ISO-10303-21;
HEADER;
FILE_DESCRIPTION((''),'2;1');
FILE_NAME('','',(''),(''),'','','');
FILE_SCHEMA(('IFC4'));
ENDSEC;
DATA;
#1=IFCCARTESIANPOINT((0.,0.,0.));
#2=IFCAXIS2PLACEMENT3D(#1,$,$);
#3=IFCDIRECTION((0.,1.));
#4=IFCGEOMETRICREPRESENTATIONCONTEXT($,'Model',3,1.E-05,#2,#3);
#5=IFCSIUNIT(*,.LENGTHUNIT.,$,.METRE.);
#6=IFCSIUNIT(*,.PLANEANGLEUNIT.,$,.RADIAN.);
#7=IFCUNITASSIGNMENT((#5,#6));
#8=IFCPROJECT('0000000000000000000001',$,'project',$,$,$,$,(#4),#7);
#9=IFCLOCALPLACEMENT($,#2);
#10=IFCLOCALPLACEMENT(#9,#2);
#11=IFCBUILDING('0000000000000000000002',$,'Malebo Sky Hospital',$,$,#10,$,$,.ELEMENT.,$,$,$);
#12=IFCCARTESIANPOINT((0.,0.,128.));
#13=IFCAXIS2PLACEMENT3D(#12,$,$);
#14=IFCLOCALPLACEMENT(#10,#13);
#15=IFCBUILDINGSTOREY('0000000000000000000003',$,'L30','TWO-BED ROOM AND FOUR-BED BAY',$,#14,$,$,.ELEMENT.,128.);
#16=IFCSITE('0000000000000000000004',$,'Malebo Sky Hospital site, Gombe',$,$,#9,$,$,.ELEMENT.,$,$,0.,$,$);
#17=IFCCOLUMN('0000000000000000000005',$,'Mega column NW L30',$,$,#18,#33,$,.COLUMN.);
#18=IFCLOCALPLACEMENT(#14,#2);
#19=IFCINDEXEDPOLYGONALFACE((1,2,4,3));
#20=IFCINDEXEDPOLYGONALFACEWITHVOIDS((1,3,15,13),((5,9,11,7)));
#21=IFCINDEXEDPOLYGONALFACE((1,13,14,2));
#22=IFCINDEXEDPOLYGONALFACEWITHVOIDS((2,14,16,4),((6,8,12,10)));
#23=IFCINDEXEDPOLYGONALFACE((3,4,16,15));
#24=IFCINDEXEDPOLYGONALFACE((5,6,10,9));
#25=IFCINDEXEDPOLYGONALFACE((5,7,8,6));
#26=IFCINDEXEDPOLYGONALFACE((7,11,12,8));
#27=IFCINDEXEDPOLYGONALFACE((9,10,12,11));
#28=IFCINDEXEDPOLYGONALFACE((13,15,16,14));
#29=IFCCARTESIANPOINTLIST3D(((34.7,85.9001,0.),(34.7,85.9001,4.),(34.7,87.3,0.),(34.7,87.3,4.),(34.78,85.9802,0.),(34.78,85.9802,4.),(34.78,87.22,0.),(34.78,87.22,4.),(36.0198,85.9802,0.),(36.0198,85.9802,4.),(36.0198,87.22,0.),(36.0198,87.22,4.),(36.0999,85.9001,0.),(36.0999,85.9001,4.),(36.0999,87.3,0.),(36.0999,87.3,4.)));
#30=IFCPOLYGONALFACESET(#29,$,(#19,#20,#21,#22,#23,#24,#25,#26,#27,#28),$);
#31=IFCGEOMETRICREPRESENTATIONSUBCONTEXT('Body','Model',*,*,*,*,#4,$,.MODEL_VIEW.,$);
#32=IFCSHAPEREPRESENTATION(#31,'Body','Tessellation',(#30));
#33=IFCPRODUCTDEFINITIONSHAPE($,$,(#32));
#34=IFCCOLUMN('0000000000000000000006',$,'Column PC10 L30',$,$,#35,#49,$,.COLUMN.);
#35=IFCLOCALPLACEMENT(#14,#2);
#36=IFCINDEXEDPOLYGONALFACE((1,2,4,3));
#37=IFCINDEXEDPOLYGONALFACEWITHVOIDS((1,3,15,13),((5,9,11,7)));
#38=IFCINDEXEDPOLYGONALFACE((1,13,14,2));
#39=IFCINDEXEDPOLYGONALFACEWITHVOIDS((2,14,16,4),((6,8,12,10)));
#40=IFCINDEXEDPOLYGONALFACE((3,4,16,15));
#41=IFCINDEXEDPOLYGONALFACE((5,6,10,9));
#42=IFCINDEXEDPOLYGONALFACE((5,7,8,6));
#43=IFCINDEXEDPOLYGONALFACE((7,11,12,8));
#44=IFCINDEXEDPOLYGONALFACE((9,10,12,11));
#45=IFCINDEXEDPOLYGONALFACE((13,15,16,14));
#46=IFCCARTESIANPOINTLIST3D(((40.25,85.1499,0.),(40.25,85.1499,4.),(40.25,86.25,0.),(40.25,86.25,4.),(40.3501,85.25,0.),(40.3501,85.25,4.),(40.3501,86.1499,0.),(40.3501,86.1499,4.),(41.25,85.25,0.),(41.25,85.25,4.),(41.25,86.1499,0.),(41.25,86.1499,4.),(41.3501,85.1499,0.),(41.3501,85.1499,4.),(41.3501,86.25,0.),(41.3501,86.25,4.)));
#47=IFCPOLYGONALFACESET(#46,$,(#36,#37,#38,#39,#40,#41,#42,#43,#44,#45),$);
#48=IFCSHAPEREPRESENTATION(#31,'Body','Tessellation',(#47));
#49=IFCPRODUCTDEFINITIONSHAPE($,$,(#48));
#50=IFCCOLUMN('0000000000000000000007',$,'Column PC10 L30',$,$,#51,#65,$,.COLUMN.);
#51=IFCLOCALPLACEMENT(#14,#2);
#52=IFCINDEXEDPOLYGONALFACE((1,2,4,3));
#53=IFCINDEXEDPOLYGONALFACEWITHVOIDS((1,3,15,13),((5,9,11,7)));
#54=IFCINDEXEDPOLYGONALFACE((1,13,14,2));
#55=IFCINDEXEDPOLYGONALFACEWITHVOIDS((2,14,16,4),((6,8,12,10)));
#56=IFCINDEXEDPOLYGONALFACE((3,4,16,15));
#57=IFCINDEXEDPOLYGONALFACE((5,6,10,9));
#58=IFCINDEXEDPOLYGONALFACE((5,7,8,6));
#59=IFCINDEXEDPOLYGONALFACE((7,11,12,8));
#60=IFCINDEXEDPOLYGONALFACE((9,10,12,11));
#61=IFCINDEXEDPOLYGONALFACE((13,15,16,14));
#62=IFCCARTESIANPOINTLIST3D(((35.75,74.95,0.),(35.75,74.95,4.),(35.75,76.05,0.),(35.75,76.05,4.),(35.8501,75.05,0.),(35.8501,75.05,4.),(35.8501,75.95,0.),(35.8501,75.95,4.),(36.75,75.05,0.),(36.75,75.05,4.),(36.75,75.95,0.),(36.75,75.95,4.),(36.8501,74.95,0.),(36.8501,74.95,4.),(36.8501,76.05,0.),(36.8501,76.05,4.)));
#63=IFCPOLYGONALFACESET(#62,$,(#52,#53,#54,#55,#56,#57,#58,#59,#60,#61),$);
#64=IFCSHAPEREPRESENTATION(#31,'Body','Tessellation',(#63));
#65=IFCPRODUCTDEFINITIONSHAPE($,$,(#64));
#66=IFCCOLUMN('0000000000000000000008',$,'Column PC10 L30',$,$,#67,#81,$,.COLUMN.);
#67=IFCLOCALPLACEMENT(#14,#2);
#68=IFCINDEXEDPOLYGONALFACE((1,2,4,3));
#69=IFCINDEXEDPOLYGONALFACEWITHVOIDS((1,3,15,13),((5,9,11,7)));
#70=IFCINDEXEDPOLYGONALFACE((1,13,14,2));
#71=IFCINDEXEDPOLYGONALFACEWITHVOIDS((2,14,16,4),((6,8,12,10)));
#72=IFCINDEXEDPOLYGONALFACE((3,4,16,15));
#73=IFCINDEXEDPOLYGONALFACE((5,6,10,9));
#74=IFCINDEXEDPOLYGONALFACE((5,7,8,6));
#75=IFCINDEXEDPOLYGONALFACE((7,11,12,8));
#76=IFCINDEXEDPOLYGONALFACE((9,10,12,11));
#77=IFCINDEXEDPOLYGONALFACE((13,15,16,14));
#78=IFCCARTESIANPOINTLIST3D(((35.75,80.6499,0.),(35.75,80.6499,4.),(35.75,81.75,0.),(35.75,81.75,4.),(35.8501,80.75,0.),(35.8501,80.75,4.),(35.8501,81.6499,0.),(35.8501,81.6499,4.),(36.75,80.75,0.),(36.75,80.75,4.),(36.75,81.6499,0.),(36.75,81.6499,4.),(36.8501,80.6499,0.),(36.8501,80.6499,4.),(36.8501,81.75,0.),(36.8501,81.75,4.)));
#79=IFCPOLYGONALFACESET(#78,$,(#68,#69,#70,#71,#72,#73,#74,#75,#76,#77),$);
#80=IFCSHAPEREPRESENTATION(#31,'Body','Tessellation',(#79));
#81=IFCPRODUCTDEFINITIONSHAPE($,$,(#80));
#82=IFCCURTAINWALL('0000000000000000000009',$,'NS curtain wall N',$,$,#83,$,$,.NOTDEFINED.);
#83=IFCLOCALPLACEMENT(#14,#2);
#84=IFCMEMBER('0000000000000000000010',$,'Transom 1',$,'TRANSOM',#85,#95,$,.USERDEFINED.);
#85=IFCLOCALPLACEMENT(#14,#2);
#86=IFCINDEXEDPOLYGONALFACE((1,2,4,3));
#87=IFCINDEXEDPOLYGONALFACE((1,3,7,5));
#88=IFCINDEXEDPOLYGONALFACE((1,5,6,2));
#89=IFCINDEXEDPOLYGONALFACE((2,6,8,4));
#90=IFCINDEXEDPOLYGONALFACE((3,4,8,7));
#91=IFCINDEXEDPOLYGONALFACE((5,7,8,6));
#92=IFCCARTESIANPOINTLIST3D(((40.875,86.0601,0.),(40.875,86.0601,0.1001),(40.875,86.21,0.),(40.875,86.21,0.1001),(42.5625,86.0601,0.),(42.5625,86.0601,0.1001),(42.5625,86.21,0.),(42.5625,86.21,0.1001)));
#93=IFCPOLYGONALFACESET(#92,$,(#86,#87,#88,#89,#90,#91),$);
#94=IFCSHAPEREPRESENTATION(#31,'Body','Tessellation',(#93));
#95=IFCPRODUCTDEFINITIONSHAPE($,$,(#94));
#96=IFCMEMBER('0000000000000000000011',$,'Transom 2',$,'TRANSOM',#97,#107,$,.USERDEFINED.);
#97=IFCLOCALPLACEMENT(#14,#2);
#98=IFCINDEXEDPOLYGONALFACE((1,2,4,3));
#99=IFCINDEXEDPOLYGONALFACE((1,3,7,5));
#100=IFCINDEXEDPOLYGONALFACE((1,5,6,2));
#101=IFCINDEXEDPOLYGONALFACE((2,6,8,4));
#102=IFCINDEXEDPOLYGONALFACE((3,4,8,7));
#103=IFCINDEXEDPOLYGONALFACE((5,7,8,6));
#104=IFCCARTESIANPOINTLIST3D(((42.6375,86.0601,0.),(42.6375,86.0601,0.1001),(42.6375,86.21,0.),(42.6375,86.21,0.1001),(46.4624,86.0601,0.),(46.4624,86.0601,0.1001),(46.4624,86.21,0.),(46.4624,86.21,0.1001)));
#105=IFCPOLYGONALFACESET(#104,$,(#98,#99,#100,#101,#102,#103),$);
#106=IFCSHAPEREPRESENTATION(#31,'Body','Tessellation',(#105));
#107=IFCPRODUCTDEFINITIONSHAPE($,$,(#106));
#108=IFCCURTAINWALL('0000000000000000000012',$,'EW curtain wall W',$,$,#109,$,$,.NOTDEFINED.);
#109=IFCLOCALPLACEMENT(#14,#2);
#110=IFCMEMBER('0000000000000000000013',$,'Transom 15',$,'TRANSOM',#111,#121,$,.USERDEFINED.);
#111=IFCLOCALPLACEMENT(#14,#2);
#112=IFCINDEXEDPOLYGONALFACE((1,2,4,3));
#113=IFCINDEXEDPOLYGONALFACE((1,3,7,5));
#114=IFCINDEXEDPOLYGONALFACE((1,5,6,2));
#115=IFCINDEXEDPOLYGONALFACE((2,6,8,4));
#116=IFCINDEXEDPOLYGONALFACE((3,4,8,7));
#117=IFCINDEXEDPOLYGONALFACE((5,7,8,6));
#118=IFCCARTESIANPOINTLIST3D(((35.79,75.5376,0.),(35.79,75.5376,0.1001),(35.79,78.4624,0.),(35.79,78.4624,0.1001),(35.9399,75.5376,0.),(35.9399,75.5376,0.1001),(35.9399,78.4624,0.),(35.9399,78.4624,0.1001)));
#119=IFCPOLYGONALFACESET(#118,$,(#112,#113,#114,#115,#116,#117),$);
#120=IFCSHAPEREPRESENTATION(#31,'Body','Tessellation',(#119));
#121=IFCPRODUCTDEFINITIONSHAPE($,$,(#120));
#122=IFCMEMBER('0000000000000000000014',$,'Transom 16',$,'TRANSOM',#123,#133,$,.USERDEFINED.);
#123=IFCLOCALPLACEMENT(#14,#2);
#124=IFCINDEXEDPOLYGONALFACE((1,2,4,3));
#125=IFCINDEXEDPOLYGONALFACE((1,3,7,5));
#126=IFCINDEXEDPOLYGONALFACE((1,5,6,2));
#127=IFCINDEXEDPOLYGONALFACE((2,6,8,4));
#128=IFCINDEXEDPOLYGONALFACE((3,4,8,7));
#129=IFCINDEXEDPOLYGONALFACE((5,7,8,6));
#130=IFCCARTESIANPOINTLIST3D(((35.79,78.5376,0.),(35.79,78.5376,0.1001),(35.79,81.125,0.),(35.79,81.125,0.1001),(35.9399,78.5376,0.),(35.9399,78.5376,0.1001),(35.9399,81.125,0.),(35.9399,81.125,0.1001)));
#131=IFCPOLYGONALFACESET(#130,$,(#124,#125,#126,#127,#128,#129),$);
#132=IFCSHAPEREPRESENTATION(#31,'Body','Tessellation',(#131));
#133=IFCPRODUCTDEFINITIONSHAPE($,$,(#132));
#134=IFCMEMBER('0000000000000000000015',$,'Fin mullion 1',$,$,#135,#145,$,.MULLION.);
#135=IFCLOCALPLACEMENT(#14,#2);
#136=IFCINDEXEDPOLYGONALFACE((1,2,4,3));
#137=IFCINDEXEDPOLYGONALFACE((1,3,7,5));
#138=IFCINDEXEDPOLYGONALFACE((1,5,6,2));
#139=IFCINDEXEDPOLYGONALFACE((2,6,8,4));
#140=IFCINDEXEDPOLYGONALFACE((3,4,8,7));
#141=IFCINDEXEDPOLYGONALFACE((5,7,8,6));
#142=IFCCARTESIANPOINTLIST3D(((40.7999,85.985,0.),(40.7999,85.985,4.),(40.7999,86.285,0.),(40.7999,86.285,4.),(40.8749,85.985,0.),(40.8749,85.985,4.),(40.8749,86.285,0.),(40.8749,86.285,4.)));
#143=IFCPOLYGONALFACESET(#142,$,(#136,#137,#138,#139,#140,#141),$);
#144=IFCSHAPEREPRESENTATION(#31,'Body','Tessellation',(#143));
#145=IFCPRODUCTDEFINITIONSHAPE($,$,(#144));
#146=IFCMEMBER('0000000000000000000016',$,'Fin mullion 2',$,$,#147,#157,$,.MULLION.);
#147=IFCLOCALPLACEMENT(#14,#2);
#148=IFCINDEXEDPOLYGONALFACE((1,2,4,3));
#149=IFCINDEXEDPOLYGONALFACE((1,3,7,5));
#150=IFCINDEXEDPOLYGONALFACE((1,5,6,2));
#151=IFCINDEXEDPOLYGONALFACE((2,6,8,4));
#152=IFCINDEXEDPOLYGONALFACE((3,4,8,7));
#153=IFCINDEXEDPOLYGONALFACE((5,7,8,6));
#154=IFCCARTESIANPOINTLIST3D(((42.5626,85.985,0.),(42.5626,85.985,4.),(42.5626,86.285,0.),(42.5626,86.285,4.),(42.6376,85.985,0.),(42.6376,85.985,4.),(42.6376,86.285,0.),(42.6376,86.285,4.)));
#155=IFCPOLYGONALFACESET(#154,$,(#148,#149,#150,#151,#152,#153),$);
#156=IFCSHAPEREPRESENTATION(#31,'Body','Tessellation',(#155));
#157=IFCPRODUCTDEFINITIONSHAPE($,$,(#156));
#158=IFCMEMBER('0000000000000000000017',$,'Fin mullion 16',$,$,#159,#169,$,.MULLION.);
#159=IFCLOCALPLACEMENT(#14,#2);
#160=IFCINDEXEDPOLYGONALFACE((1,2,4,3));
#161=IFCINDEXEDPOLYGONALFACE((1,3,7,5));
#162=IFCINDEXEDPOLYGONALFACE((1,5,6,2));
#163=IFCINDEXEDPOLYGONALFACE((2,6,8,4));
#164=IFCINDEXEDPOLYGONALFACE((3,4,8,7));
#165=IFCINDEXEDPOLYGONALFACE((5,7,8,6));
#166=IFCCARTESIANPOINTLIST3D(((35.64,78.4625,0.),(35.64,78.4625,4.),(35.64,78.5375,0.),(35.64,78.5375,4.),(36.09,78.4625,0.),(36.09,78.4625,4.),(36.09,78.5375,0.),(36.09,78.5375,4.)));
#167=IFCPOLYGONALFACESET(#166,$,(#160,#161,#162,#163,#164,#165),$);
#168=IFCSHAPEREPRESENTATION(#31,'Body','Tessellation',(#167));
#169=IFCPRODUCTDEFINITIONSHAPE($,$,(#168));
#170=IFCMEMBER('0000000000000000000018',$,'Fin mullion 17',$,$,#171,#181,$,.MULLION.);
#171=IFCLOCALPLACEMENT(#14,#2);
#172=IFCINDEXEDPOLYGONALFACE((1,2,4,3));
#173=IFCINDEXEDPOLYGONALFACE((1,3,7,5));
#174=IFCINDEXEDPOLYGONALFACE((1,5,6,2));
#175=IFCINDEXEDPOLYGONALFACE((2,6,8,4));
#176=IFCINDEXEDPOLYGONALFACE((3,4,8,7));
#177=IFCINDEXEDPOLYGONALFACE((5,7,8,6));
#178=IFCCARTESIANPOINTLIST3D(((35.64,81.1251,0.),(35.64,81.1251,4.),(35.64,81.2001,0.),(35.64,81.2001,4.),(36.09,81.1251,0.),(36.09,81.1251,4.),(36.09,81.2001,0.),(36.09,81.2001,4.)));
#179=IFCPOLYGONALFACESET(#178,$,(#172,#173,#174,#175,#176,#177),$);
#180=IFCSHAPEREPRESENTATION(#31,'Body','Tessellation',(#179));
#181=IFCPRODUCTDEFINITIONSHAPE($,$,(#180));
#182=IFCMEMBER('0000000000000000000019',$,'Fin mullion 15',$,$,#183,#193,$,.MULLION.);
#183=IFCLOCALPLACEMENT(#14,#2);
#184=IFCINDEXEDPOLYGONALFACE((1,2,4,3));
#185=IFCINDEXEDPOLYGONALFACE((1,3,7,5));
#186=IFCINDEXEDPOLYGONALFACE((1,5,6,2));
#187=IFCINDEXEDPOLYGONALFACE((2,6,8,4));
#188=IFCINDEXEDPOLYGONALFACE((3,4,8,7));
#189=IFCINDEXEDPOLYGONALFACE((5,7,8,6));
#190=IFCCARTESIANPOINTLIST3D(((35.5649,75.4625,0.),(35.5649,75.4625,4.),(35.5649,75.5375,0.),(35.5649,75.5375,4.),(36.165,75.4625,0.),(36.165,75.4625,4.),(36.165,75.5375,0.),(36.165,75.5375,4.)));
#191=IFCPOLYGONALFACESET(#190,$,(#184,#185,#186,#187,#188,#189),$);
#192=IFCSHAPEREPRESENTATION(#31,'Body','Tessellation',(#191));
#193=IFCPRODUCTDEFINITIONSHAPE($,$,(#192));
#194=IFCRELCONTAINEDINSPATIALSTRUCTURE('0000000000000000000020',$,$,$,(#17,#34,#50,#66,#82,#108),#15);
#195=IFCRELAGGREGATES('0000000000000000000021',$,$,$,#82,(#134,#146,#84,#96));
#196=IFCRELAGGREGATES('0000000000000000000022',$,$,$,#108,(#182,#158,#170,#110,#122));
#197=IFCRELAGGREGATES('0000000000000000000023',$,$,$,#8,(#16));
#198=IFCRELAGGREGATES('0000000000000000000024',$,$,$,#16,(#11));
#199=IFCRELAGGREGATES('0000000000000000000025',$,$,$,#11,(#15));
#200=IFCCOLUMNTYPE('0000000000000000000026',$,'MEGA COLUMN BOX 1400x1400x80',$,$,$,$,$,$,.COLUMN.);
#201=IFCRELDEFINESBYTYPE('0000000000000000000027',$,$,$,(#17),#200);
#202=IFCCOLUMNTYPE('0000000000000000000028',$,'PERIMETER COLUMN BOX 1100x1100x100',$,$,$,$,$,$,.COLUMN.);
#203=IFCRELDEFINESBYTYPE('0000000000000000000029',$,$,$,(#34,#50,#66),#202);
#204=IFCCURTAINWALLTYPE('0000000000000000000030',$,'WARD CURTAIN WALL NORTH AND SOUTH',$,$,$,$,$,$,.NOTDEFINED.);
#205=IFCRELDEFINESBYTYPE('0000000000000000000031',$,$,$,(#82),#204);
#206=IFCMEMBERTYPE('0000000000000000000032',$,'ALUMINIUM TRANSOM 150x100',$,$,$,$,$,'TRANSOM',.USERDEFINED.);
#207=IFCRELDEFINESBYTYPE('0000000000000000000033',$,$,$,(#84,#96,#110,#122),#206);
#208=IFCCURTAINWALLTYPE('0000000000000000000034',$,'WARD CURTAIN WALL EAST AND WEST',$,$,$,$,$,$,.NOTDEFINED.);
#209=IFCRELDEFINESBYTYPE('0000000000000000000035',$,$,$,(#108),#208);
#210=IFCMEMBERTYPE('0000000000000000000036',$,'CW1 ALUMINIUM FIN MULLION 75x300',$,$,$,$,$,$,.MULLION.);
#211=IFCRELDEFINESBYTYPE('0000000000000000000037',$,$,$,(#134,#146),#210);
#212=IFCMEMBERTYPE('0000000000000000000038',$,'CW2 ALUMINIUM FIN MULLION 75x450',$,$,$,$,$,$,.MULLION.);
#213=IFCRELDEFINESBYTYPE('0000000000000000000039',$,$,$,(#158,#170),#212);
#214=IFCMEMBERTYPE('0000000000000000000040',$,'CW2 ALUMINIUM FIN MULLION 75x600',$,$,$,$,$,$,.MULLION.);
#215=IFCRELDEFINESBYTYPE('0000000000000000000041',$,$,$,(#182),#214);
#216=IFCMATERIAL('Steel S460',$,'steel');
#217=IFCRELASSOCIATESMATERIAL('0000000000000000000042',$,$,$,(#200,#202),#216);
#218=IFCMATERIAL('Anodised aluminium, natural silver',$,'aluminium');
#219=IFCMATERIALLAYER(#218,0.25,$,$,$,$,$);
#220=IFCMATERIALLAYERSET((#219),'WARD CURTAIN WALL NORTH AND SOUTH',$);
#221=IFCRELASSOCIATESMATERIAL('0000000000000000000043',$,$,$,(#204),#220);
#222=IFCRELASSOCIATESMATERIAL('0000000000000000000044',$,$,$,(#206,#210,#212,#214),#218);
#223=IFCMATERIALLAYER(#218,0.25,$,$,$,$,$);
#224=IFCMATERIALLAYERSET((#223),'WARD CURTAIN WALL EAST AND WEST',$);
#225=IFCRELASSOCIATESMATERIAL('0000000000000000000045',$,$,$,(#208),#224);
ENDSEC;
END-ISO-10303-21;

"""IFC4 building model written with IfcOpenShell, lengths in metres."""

from ifc_helpers import new_model, si_unit, direction, frame, origin, origin_2d, place, context, subcontext, project, spatial, rectangle, hollow_rectangle, extrude, material, layer, layer_set, material_profile, profile_set, type_object, element, aggregate, save


model = new_model("IFC4")

# Units and contexts
model_context = context("Model", 3, precision=1e-05, world=origin(), true_north=direction((0.0, 1.0)))
body_context = subcontext(model_context, "Body", "Model", "MODEL_VIEW")
ifc_project = project(units=[si_unit("LENGTHUNIT", "METRE"), si_unit("PLANEANGLEUNIT", "RADIAN")], contexts=[model_context])

# Site, building, storey
site_placement = place(None, origin())
site = spatial("IfcSite", under=ifc_project, at=site_placement, Name="Malebo Sky Hospital site, Gombe", CompositionType="ELEMENT", RefElevation=0.0)
building_placement = place(site_placement, origin())
building = spatial("IfcBuilding", under=site, at=building_placement, Name="Malebo Sky Hospital", CompositionType="ELEMENT")
storey_placement = place(building_placement, frame((0.0, 0.0, 128.0)))
storey = spatial("IfcBuildingStorey", under=building, at=storey_placement, Name="L30", Description="TWO-BED ROOM AND FOUR-BED BAY", CompositionType="ELEMENT", Elevation=128.0)

# Columns
ifc_material_1 = material(Name="Steel S460", Category="steel")
ifc_material_profile_1 = material_profile(ifc_material_1, hollow_rectangle(XDim=1.3999, YDim=1.3999, WallThickness=0.0801, at=origin_2d()), Name="BOX 1400x1400x80")
ifc_profile_set_1 = profile_set([ifc_material_profile_1], Name="Steel S460")
column_type_1 = type_object("IfcColumnType", Name="MEGA COLUMN BOX 1400x1400x80", PredefinedType="COLUMN", material=ifc_profile_set_1)
column_placement = place(storey_placement, frame((35.3999, 86.6001, 0.0), z_axis=(0.0, 0.0, 1.0), x_axis=(1.0, 0.0, 0.0)))
element("IfcColumn", 1, at=column_placement, inside=storey, type_object=column_type_1, Name="Mega column NW L30", PredefinedType="COLUMN", context=body_context, shape_type="SweptSolid", body=[
    extrude(hollow_rectangle(XDim=1.3999, YDim=1.3999, WallThickness=0.0801, at=origin_2d()), origin(), (0.0, 0.0, 1.0), 4.0),
])
ifc_material_profile_2 = material_profile(ifc_material_1, hollow_rectangle(XDim=1.1001, YDim=1.1001, WallThickness=0.1001, at=origin_2d()), Name="BOX 1100x1100x100")
ifc_profile_set_2 = profile_set([ifc_material_profile_2], Name="Steel S460")
column_type_2 = type_object("IfcColumnType", Name="PERIMETER COLUMN BOX 1100x1100x100", PredefinedType="COLUMN", material=ifc_profile_set_2)
for number, where, z_axis, x_axis, name in (
    (2, (40.8, 85.7, 0.0), (0.0, 0.0, 1.0), (1.0, 0.0, 0.0), "Column PC10 L30"),
    (3, (36.3, 75.5, 0.0), (0.0, 0.0, 1.0), (1.0, 0.0, 0.0), "Column PC10 L30"),
    (4, (36.3, 81.2, 0.0), (0.0, 0.0, 1.0), (1.0, 0.0, 0.0), "Column PC10 L30"),
):
    element("IfcColumn", number, at=place(storey_placement, frame(where, z_axis=z_axis, x_axis=x_axis)), inside=storey, type_object=column_type_2, Name=name, PredefinedType="COLUMN", context=body_context, shape_type="SweptSolid", body=[
        extrude(hollow_rectangle(XDim=1.1001, YDim=1.1001, WallThickness=0.1001, at=origin_2d()), origin(), (0.0, 0.0, 1.0), 4.0),
    ])

# Curtain walls, members
ifc_material_2 = material(Name="Anodised aluminium, natural silver", Category="aluminium")
ifc_layer_1 = layer(ifc_material_2, 0.25)
ifc_layer_set_1 = layer_set([ifc_layer_1], Name="WARD CURTAIN WALL NORTH AND SOUTH")
curtain_wall_type_1 = type_object("IfcCurtainWallType", Name="WARD CURTAIN WALL NORTH AND SOUTH", PredefinedType="NOTDEFINED", material=ifc_layer_set_1)
curtain_wall_1_placement = place(storey_placement, origin())
curtain_wall_1 = element("IfcCurtainWall", 5, at=curtain_wall_1_placement, inside=storey, type_object=curtain_wall_type_1, Name="NS curtain wall N", PredefinedType="NOTDEFINED")
ifc_material_profile_3 = material_profile(ifc_material_2, rectangle(XDim=0.1499, YDim=0.1001, at=origin_2d()), Name="ALUMINIUM TRANSOM 150x100")
ifc_profile_set_3 = profile_set([ifc_material_profile_3], Name="Anodised aluminium, natural silver")
member_type_1 = type_object("IfcMemberType", Name="ALUMINIUM TRANSOM 150x100", ElementType="TRANSOM", PredefinedType="USERDEFINED", material=ifc_profile_set_3)
member_1_placement = place(storey_placement, frame((40.875, 86.135, 0.05), z_axis=(1.0, 0.0, 0.0), x_axis=(0.0, 1.0, 0.0)))
member_1 = element("IfcMember", 6, at=member_1_placement, type_object=member_type_1, Name="Transom 1", ObjectType="TRANSOM", PredefinedType="USERDEFINED", context=body_context, shape_type="SweptSolid", body=[
    extrude(rectangle(XDim=0.1499, YDim=0.1001, at=origin_2d()), origin(), (0.0, 0.0, 1.0), 1.6875),
])
member_2_placement = place(storey_placement, frame((42.6375, 86.135, 0.05), z_axis=(1.0, 0.0, 0.0), x_axis=(0.0, 1.0, 0.0)))
member_2 = element("IfcMember", 7, at=member_2_placement, type_object=member_type_1, Name="Transom 2", ObjectType="TRANSOM", PredefinedType="USERDEFINED", context=body_context, shape_type="SweptSolid", body=[
    extrude(rectangle(XDim=0.1499, YDim=0.1001, at=origin_2d()), origin(), (0.0, 0.0, 1.0), 3.825),
])
ifc_layer_2 = layer(ifc_material_2, 0.25)
ifc_layer_set_2 = layer_set([ifc_layer_2], Name="WARD CURTAIN WALL EAST AND WEST")
curtain_wall_type_2 = type_object("IfcCurtainWallType", Name="WARD CURTAIN WALL EAST AND WEST", PredefinedType="NOTDEFINED", material=ifc_layer_set_2)
curtain_wall_2_placement = place(storey_placement, origin())
curtain_wall_2 = element("IfcCurtainWall", 8, at=curtain_wall_2_placement, inside=storey, type_object=curtain_wall_type_2, Name="EW curtain wall W", PredefinedType="NOTDEFINED")
member_3_placement = place(storey_placement, frame((35.865, 75.5376, 0.05), z_axis=(0.0, 1.0, 0.0), x_axis=(-1.0, 0.0, 0.0)))
member_3 = element("IfcMember", 9, at=member_3_placement, type_object=member_type_1, Name="Transom 15", ObjectType="TRANSOM", PredefinedType="USERDEFINED", context=body_context, shape_type="SweptSolid", body=[
    extrude(rectangle(XDim=0.1499, YDim=0.1001, at=origin_2d()), origin(), (0.0, 0.0, 1.0), 2.9248),
])
member_4_placement = place(storey_placement, frame((35.865, 78.5376, 0.05), z_axis=(0.0, 1.0, 0.0), x_axis=(-1.0, 0.0, 0.0)))
member_4 = element("IfcMember", 10, at=member_4_placement, type_object=member_type_1, Name="Transom 16", ObjectType="TRANSOM", PredefinedType="USERDEFINED", context=body_context, shape_type="SweptSolid", body=[
    extrude(rectangle(XDim=0.1499, YDim=0.1001, at=origin_2d()), origin(), (0.0, 0.0, 1.0), 2.5874),
])

# Members
ifc_material_profile_4 = material_profile(ifc_material_2, rectangle(XDim=0.075, YDim=0.3, at=origin_2d()), Name="CW1 ALUMINIUM FIN MULLION 75x300")
ifc_profile_set_4 = profile_set([ifc_material_profile_4], Name="Anodised aluminium, natural silver")
member_type_2 = type_object("IfcMemberType", Name="CW1 ALUMINIUM FIN MULLION 75x300", PredefinedType="MULLION", material=ifc_profile_set_4)
member_5_placement = place(storey_placement, frame((40.8374, 86.135, 0.0), z_axis=(0.0, 0.0, 1.0), x_axis=(1.0, 0.0, 0.0)))
member_5 = element("IfcMember", 11, at=member_5_placement, type_object=member_type_2, Name="Fin mullion 1", PredefinedType="MULLION", context=body_context, shape_type="SweptSolid", body=[
    extrude(rectangle(XDim=0.075, YDim=0.3, at=origin_2d()), origin(), (0.0, 0.0, 1.0), 4.0),
])
member_6_placement = place(storey_placement, frame((42.6001, 86.135, 0.0), z_axis=(0.0, 0.0, 1.0), x_axis=(1.0, 0.0, 0.0)))
member_6 = element("IfcMember", 12, at=member_6_placement, type_object=member_type_2, Name="Fin mullion 2", PredefinedType="MULLION", context=body_context, shape_type="SweptSolid", body=[
    extrude(rectangle(XDim=0.075, YDim=0.3, at=origin_2d()), origin(), (0.0, 0.0, 1.0), 4.0),
])
ifc_material_profile_5 = material_profile(ifc_material_2, rectangle(XDim=0.075, YDim=0.45, at=origin_2d()), Name="CW2 ALUMINIUM FIN MULLION 75x450")
ifc_profile_set_5 = profile_set([ifc_material_profile_5], Name="Anodised aluminium, natural silver")
member_type_3 = type_object("IfcMemberType", Name="CW2 ALUMINIUM FIN MULLION 75x450", PredefinedType="MULLION", material=ifc_profile_set_5)
member_7_placement = place(storey_placement, frame((35.865, 78.5, 0.0), z_axis=(0.0, 0.0, 1.0), x_axis=(0.0, 1.0, 0.0)))
member_7 = element("IfcMember", 13, at=member_7_placement, type_object=member_type_3, Name="Fin mullion 16", PredefinedType="MULLION", context=body_context, shape_type="SweptSolid", body=[
    extrude(rectangle(XDim=0.075, YDim=0.45, at=origin_2d()), origin(), (0.0, 0.0, 1.0), 4.0),
])
member_8_placement = place(storey_placement, frame((35.865, 81.1626, 0.0), z_axis=(0.0, 0.0, 1.0), x_axis=(0.0, 1.0, 0.0)))
member_8 = element("IfcMember", 14, at=member_8_placement, type_object=member_type_3, Name="Fin mullion 17", PredefinedType="MULLION", context=body_context, shape_type="SweptSolid", body=[
    extrude(rectangle(XDim=0.075, YDim=0.45, at=origin_2d()), origin(), (0.0, 0.0, 1.0), 4.0),
])
ifc_material_profile_6 = material_profile(ifc_material_2, rectangle(XDim=0.075, YDim=0.6001, at=origin_2d()), Name="CW2 ALUMINIUM FIN MULLION 75x600")
ifc_profile_set_6 = profile_set([ifc_material_profile_6], Name="Anodised aluminium, natural silver")
member_type_4 = type_object("IfcMemberType", Name="CW2 ALUMINIUM FIN MULLION 75x600", PredefinedType="MULLION", material=ifc_profile_set_6)
member_9_placement = place(storey_placement, frame((35.865, 75.5, 0.0), z_axis=(0.0, 0.0, 1.0), x_axis=(0.0, 1.0, 0.0)))
member_9 = element("IfcMember", 15, at=member_9_placement, type_object=member_type_4, Name="Fin mullion 15", PredefinedType="MULLION", context=body_context, shape_type="SweptSolid", body=[
    extrude(rectangle(XDim=0.075, YDim=0.6001, at=origin_2d()), origin(), (0.0, 0.0, 1.0), 4.0),
])

aggregate(curtain_wall_1, [member_5, member_6, member_1, member_2])
aggregate(curtain_wall_2, [member_9, member_7, member_8, member_3, member_4])

save(model, "model.ifc")
